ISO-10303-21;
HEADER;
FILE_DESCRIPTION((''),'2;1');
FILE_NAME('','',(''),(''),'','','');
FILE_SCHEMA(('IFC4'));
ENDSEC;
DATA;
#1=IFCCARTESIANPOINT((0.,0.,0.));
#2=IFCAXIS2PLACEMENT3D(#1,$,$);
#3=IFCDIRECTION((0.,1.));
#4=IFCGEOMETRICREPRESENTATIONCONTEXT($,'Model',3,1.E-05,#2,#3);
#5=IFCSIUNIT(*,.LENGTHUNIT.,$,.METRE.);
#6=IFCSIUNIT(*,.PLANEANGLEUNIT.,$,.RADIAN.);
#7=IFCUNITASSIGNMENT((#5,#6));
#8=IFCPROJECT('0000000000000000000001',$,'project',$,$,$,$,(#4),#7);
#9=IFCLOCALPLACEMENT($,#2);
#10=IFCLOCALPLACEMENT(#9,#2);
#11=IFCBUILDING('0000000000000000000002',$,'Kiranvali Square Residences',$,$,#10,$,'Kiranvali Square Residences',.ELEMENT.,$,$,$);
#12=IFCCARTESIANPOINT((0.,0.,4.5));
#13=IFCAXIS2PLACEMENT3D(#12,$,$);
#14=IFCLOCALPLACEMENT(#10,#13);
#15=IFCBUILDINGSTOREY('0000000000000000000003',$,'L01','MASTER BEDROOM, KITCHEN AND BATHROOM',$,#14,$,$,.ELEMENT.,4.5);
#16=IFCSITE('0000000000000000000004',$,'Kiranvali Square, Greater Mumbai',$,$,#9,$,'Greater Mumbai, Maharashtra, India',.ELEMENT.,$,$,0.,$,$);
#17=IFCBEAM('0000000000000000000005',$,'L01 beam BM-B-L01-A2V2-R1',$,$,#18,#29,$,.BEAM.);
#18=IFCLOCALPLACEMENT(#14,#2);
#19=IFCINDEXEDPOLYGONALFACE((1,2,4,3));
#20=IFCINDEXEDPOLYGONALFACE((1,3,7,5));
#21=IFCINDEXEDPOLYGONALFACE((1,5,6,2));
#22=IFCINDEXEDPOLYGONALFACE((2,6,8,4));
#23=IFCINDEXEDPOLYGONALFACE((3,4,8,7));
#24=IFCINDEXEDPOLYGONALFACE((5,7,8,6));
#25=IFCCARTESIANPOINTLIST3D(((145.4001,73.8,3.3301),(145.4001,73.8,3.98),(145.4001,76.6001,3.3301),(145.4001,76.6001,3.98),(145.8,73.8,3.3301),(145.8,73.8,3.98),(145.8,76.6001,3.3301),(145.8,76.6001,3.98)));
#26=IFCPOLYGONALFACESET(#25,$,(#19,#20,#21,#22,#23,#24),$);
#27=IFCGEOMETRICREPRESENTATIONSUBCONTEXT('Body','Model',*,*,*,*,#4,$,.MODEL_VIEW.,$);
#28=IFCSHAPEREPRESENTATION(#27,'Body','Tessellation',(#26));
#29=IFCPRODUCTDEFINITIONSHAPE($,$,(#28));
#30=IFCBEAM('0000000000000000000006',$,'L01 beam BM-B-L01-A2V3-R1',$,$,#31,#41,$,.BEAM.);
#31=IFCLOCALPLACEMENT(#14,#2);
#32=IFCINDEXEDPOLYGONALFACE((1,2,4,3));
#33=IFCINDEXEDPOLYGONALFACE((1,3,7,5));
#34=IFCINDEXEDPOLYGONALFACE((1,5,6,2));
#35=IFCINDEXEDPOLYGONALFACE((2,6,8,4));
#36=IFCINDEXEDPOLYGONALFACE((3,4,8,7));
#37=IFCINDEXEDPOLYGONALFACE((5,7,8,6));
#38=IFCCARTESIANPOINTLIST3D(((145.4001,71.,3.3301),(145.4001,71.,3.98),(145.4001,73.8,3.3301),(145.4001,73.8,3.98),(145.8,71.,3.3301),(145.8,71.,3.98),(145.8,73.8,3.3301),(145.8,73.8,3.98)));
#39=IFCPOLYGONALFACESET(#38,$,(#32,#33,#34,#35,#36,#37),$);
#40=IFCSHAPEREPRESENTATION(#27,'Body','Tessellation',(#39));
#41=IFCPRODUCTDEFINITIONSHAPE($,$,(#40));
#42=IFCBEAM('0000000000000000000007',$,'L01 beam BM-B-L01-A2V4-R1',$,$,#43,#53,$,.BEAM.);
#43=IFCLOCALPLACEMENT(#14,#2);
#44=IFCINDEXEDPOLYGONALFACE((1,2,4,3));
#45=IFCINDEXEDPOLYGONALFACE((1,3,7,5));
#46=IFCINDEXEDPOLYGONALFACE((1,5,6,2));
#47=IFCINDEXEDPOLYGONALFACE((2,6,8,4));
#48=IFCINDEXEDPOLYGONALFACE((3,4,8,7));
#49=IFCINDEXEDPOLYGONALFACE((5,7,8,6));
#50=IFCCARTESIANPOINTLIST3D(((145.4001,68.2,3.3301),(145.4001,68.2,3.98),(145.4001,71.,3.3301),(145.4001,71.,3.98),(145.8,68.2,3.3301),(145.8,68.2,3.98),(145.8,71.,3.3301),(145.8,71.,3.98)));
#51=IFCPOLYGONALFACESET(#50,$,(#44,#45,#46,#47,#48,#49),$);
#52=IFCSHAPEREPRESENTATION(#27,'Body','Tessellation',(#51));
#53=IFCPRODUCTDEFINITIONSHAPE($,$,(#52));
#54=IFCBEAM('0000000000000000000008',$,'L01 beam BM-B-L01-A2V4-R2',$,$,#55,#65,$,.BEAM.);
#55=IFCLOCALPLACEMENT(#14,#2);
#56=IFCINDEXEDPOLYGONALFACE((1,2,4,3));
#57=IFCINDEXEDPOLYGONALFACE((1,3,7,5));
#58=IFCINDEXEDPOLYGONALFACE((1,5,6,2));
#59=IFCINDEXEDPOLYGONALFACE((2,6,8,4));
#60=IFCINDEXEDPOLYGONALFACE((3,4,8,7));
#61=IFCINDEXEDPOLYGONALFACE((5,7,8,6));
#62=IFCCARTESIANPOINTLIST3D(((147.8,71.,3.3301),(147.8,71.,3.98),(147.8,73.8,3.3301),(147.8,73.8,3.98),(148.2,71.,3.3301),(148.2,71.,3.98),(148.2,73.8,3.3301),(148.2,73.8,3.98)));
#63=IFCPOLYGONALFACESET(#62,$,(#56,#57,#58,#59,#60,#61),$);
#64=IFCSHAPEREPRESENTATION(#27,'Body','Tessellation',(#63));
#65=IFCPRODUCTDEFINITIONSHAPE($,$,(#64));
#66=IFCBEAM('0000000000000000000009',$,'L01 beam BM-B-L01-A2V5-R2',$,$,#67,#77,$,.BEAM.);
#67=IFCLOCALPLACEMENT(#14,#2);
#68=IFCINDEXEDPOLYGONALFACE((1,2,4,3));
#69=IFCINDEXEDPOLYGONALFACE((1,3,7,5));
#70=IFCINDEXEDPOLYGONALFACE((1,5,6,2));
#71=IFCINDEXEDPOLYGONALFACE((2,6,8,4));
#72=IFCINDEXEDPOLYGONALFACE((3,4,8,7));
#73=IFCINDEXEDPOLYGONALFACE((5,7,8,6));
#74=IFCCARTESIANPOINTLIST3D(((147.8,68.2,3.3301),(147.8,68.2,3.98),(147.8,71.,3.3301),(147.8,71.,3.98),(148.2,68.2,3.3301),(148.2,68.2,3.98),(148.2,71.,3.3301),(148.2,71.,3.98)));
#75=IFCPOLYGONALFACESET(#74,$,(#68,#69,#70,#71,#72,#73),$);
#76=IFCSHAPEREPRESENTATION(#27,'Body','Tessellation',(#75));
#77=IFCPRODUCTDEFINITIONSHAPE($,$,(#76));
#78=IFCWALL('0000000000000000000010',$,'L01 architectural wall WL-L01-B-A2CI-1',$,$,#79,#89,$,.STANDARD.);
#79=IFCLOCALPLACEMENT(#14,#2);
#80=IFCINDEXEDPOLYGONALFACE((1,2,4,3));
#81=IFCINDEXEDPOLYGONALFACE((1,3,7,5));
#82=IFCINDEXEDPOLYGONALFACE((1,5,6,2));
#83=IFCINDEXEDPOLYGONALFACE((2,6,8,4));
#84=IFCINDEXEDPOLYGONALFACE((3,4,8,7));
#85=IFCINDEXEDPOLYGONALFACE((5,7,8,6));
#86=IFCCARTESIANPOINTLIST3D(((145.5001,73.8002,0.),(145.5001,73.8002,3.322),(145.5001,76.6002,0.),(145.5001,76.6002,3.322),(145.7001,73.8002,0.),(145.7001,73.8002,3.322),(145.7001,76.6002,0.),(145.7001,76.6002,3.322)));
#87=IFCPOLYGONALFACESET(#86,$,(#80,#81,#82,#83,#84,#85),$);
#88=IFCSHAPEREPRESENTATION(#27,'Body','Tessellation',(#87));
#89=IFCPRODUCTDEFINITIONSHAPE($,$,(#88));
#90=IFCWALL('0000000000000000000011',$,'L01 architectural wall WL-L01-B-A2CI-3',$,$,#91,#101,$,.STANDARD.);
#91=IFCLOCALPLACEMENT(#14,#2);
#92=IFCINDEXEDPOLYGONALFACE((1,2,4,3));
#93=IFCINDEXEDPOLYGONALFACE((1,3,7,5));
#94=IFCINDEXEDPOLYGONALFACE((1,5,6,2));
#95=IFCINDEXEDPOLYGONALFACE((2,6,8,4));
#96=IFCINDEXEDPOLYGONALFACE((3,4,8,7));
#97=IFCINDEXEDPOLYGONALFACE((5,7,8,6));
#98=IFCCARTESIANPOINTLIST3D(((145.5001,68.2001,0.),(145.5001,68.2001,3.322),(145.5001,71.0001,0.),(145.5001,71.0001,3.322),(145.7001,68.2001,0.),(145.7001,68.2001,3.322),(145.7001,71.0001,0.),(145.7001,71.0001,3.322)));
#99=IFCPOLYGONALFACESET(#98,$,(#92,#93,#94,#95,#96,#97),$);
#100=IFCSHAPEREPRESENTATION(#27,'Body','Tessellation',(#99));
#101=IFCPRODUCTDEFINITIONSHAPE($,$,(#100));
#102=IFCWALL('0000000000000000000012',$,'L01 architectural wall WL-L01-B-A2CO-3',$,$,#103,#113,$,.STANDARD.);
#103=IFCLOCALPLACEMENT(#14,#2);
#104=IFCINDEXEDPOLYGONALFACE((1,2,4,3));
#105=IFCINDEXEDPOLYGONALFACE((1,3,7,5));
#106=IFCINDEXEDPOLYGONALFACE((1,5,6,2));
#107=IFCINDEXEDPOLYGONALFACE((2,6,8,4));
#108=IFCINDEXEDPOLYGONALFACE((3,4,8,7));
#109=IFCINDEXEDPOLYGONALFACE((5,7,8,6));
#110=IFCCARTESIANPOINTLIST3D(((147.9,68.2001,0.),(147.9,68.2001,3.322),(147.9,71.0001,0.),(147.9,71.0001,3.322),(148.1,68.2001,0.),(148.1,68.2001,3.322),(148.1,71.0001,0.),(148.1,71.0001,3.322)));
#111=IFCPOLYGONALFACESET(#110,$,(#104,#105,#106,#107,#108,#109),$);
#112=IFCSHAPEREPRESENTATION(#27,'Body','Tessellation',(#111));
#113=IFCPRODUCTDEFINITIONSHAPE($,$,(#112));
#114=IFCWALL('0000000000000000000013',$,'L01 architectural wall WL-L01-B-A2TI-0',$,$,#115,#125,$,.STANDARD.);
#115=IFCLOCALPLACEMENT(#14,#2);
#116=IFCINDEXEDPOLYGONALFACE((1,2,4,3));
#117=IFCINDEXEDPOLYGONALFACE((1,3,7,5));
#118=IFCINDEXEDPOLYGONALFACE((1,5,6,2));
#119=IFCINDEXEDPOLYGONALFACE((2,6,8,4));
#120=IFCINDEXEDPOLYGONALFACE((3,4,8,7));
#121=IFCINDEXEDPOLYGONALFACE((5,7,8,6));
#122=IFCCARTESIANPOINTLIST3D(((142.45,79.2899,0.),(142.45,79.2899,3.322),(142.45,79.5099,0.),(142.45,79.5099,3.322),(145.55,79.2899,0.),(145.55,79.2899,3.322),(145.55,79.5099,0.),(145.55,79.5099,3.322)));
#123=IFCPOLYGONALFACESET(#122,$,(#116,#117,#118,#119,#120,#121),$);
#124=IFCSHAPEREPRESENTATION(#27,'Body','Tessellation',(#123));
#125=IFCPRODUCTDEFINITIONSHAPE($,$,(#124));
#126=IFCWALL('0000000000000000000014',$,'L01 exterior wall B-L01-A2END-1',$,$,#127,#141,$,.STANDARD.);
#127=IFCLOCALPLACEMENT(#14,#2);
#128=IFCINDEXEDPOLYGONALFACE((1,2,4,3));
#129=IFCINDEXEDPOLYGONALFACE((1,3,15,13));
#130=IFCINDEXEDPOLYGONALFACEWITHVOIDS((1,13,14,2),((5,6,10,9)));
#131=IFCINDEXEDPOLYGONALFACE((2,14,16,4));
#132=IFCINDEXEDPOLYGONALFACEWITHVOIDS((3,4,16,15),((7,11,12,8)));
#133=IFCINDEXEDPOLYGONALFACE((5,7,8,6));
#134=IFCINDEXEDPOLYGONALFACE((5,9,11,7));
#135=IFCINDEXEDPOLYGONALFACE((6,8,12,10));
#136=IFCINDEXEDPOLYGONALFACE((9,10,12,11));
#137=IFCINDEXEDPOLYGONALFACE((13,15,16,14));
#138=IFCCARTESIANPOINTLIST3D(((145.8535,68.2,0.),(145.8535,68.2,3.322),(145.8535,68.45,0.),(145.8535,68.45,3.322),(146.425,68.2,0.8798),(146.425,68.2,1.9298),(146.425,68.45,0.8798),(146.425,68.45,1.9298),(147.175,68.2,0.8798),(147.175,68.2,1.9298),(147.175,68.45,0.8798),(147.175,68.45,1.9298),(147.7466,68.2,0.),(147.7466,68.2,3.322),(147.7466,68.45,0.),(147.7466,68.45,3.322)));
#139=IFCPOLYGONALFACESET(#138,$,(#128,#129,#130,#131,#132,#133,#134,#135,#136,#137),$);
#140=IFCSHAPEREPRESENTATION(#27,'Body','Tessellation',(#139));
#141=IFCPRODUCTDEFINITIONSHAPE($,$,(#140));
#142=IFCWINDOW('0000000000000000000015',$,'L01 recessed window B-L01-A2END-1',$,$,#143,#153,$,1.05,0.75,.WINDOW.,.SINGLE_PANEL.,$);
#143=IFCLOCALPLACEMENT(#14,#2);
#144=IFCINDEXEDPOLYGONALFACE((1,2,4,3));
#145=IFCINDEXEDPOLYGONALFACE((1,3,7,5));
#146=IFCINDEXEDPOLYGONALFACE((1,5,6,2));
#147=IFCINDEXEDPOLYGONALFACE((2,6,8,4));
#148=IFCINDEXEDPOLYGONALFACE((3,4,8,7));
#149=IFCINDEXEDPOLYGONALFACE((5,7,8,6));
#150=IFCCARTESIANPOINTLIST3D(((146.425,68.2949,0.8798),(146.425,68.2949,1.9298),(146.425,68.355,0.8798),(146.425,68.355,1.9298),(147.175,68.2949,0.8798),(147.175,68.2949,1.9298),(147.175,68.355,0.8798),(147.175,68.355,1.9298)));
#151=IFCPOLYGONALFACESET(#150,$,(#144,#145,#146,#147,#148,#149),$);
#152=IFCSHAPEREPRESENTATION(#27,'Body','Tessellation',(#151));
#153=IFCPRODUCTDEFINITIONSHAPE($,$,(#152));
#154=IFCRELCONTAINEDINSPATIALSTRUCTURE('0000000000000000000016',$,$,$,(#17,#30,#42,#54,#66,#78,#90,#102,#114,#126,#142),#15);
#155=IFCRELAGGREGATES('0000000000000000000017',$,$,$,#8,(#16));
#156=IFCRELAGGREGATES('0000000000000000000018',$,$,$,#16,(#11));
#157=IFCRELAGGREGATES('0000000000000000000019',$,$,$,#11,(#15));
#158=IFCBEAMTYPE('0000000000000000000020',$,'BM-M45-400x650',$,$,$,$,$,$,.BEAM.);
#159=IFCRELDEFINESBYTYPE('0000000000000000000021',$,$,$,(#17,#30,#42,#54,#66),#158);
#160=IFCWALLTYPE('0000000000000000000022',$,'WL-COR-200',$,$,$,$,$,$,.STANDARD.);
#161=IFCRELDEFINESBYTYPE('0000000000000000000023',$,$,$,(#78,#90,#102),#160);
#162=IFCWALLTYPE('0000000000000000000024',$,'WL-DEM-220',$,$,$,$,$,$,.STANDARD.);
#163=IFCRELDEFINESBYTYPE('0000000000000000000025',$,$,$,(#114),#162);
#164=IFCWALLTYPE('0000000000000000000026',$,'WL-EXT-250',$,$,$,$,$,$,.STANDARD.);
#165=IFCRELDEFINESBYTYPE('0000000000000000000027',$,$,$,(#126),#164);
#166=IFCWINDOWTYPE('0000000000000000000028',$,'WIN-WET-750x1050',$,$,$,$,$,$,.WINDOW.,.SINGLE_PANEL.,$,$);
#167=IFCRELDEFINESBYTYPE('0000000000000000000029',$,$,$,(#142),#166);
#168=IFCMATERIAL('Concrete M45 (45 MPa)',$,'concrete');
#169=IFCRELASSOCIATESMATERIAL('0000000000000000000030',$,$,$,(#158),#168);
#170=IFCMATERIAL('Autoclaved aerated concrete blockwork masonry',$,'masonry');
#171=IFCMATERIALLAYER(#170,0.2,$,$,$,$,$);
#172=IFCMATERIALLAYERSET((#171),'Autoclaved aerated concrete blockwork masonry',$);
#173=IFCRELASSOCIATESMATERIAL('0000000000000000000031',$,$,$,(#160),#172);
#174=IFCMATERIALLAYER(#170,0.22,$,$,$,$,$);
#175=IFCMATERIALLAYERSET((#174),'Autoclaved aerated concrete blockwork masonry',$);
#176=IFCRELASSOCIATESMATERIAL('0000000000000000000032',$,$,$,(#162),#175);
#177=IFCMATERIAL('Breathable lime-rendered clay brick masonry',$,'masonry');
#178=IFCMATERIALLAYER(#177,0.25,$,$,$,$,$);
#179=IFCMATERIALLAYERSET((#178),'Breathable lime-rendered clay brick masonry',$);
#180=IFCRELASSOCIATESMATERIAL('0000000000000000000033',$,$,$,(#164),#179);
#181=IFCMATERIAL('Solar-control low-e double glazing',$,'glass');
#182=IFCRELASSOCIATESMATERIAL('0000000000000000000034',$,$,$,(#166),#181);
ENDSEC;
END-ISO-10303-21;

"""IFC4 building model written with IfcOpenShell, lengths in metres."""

from ifc_helpers import new_model, si_unit, direction, frame, frame_2d, origin, origin_2d, place, context, subcontext, project, spatial, rectangle, extrude, material, layer, layer_set, material_profile, profile_set, type_object, element, fill, save


model = new_model("IFC4")

# Units and contexts
model_context = context("Model", 3, precision=1e-05, world=origin(), true_north=direction((0.0, 1.0)))
body_context = subcontext(model_context, "Body", "Model", "MODEL_VIEW")
ifc_project = project(units=[si_unit("LENGTHUNIT", "METRE"), si_unit("PLANEANGLEUNIT", "RADIAN")], contexts=[model_context])

# Site, building, storey
site_placement = place(None, origin())
site = spatial("IfcSite", under=ifc_project, at=site_placement, Name="Kiranvali Square, Greater Mumbai", LongName="Greater Mumbai, Maharashtra, India", CompositionType="ELEMENT", RefElevation=0.0)
building_placement = place(site_placement, origin())
building = spatial("IfcBuilding", under=site, at=building_placement, Name="Kiranvali Square Residences", LongName="Kiranvali Square Residences", CompositionType="ELEMENT")
storey_placement = place(building_placement, frame((0.0, 0.0, 4.5)))
storey = spatial("IfcBuildingStorey", under=building, at=storey_placement, Name="L01", Description="MASTER BEDROOM, KITCHEN AND BATHROOM", CompositionType="ELEMENT", Elevation=4.5)

# Shared definitions
ifc_material_1 = material(Name="Concrete M45 (45 MPa)", Category="concrete")

# Beams
ifc_material_profile_1 = material_profile(ifc_material_1, rectangle(XDim=0.3999, YDim=0.6499, at=origin_2d()), Name="RC 400x650")
ifc_profile_set_1 = profile_set([ifc_material_profile_1], Name="Concrete M45 (45 MPa)")
beam_type_1 = type_object("IfcBeamType", Name="BM-M45-400x650", PredefinedType="BEAM", material=ifc_profile_set_1)
for number, where, z_axis, x_axis, name in (
    (1, (145.6001, 76.6001, 3.655), (0.0, -1.0, 0.0), (1.0, 0.0, 0.0), "L01 beam BM-B-L01-A2V2-R1"),
    (2, (145.6001, 73.8, 3.655), (0.0, -1.0, 0.0), (1.0, 0.0, 0.0), "L01 beam BM-B-L01-A2V3-R1"),
    (3, (145.6001, 71.0, 3.655), (0.0, -1.0, 0.0), (1.0, 0.0, 0.0), "L01 beam BM-B-L01-A2V4-R1"),
    (4, (148.0, 73.8, 3.655), (0.0, -1.0, 0.0), (1.0, 0.0, 0.0), "L01 beam BM-B-L01-A2V4-R2"),
    (5, (148.0, 71.0, 3.655), (0.0, -1.0, 0.0), (1.0, 0.0, 0.0), "L01 beam BM-B-L01-A2V5-R2"),
):
    element("IfcBeam", number, at=place(storey_placement, frame(where, z_axis=z_axis, x_axis=x_axis)), inside=storey, type_object=beam_type_1, Name=name, PredefinedType="BEAM", context=body_context, shape_type="SweptSolid", body=[
        extrude(rectangle(XDim=0.3999, YDim=0.6499, at=origin_2d()), origin(), (0.0, 0.0, 1.0), 2.8),
    ])

# Shared definitions
ifc_material_2 = material(Name="Autoclaved aerated concrete blockwork masonry", Category="masonry")
ifc_layer_1 = layer(ifc_material_2, 0.2)
ifc_layer_set_1 = layer_set([ifc_layer_1], Name="Autoclaved aerated concrete blockwork masonry")
wall_type_1 = type_object("IfcWallType", Name="WL-COR-200", PredefinedType="STANDARD", material=ifc_layer_set_1)

# Wall
wall_1_placement = place(storey_placement, frame((145.6001, 76.6001, 0.0), z_axis=(0.0, 0.0, 1.0), x_axis=(0.0, -1.0, 0.0)))
element("IfcWall", 6, at=wall_1_placement, inside=storey, type_object=wall_type_1, Name="L01 architectural wall WL-L01-B-A2CI-1", PredefinedType="STANDARD", context=body_context, shape_type="SweptSolid", body=[
    extrude(rectangle(XDim=2.8, YDim=0.2, at=frame_2d((1.3999, 0.0))), origin(), (0.0, 0.0, 1.0), 3.322),
])

# Walls
for number, where, z_axis, x_axis, name in (
    (7, (145.6001, 71.0, 0.0), (0.0, 0.0, 1.0), (0.0, -1.0, 0.0), "L01 architectural wall WL-L01-B-A2CI-3"),
    (8, (148.0, 71.0, 0.0), (0.0, 0.0, 1.0), (0.0, -1.0, 0.0), "L01 architectural wall WL-L01-B-A2CO-3"),
):
    element("IfcWall", number, at=place(storey_placement, frame(where, z_axis=z_axis, x_axis=x_axis)), inside=storey, type_object=wall_type_1, Name=name, PredefinedType="STANDARD", context=body_context, shape_type="SweptSolid", body=[
        extrude(rectangle(XDim=2.8, YDim=0.2, at=frame_2d((1.3999, 0.0))), origin(), (0.0, 0.0, 1.0), 3.322),
    ])
ifc_layer_2 = layer(ifc_material_2, 0.22)
ifc_layer_set_2 = layer_set([ifc_layer_2], Name="Autoclaved aerated concrete blockwork masonry")
wall_type_2 = type_object("IfcWallType", Name="WL-DEM-220", PredefinedType="STANDARD", material=ifc_layer_set_2)
wall_2_placement = place(storey_placement, frame((142.45, 79.3999, 0.0), z_axis=(0.0, 0.0, 1.0), x_axis=(1.0, 0.0, 0.0)))
element("IfcWall", 9, at=wall_2_placement, inside=storey, type_object=wall_type_2, Name="L01 architectural wall WL-L01-B-A2TI-0", PredefinedType="STANDARD", context=body_context, shape_type="SweptSolid", body=[
    extrude(rectangle(XDim=3.1001, YDim=0.22, at=frame_2d((1.55, 0.0))), origin(), (0.0, 0.0, 1.0), 3.322),
])

# Wall, opening, window
ifc_material_3 = material(Name="Breathable lime-rendered clay brick masonry", Category="masonry")
ifc_layer_3 = layer(ifc_material_3, 0.25)
ifc_layer_set_3 = layer_set([ifc_layer_3], Name="Breathable lime-rendered clay brick masonry")
wall_type_3 = type_object("IfcWallType", Name="WL-EXT-250", PredefinedType="STANDARD", material=ifc_layer_set_3)
wall_3_placement = place(storey_placement, frame((145.8535, 68.325, 0.0), z_axis=(0.0, 0.0, 1.0), x_axis=(1.0, 0.0, 0.0)))
wall_3 = element("IfcWall", 10, at=wall_3_placement, inside=storey, type_object=wall_type_3, Name="L01 exterior wall B-L01-A2END-1", PredefinedType="STANDARD", context=body_context, shape_type="SweptSolid", body=[
    extrude(rectangle(XDim=1.8931, YDim=0.25, at=frame_2d((0.9465, 0.0))), origin(), (0.0, 0.0, 1.0), 3.322),
])
opening_1_placement = place(wall_3_placement, frame((0.5715, 0.0, 0.8799)))
opening_1 = element("IfcOpeningElement", 11, at=opening_1_placement, cuts=wall_3, PredefinedType="OPENING", context=body_context, shape_type="SweptSolid", body=[
    extrude(rectangle(XDim=0.75, YDim=1.05, at=frame_2d((0.375, 0.5249))), frame((0.0, 0.135, 0.0), z_axis=(0.0, -1.0, 0.0), x_axis=(1.0, 0.0, 0.0)), (0.0, 0.0, 1.0), 0.27),
])
ifc_material_4 = material(Name="Solar-control low-e double glazing", Category="glass")
window_type = type_object("IfcWindowType", Name="WIN-WET-750x1050", PartitioningType="SINGLE_PANEL", PredefinedType="WINDOW", material=ifc_material_4)
window_placement = place(opening_1_placement, origin())
window = element("IfcWindow", 12, at=window_placement, inside=storey, type_object=window_type, Name="L01 recessed window B-L01-A2END-1", OverallHeight=1.05, OverallWidth=0.75, PartitioningType="SINGLE_PANEL", PredefinedType="WINDOW", context=body_context, shape_type="SweptSolid", body=[
    extrude(rectangle(XDim=0.75, YDim=1.05, at=frame_2d((0.375, 0.5249))), frame((0.0, 0.03, 0.0), z_axis=(0.0, -1.0, 0.0), x_axis=(1.0, 0.0, 0.0)), (0.0, 0.0, 1.0), 0.0601),
])
fill(opening_1, window)

save(model, "model.ifc")
